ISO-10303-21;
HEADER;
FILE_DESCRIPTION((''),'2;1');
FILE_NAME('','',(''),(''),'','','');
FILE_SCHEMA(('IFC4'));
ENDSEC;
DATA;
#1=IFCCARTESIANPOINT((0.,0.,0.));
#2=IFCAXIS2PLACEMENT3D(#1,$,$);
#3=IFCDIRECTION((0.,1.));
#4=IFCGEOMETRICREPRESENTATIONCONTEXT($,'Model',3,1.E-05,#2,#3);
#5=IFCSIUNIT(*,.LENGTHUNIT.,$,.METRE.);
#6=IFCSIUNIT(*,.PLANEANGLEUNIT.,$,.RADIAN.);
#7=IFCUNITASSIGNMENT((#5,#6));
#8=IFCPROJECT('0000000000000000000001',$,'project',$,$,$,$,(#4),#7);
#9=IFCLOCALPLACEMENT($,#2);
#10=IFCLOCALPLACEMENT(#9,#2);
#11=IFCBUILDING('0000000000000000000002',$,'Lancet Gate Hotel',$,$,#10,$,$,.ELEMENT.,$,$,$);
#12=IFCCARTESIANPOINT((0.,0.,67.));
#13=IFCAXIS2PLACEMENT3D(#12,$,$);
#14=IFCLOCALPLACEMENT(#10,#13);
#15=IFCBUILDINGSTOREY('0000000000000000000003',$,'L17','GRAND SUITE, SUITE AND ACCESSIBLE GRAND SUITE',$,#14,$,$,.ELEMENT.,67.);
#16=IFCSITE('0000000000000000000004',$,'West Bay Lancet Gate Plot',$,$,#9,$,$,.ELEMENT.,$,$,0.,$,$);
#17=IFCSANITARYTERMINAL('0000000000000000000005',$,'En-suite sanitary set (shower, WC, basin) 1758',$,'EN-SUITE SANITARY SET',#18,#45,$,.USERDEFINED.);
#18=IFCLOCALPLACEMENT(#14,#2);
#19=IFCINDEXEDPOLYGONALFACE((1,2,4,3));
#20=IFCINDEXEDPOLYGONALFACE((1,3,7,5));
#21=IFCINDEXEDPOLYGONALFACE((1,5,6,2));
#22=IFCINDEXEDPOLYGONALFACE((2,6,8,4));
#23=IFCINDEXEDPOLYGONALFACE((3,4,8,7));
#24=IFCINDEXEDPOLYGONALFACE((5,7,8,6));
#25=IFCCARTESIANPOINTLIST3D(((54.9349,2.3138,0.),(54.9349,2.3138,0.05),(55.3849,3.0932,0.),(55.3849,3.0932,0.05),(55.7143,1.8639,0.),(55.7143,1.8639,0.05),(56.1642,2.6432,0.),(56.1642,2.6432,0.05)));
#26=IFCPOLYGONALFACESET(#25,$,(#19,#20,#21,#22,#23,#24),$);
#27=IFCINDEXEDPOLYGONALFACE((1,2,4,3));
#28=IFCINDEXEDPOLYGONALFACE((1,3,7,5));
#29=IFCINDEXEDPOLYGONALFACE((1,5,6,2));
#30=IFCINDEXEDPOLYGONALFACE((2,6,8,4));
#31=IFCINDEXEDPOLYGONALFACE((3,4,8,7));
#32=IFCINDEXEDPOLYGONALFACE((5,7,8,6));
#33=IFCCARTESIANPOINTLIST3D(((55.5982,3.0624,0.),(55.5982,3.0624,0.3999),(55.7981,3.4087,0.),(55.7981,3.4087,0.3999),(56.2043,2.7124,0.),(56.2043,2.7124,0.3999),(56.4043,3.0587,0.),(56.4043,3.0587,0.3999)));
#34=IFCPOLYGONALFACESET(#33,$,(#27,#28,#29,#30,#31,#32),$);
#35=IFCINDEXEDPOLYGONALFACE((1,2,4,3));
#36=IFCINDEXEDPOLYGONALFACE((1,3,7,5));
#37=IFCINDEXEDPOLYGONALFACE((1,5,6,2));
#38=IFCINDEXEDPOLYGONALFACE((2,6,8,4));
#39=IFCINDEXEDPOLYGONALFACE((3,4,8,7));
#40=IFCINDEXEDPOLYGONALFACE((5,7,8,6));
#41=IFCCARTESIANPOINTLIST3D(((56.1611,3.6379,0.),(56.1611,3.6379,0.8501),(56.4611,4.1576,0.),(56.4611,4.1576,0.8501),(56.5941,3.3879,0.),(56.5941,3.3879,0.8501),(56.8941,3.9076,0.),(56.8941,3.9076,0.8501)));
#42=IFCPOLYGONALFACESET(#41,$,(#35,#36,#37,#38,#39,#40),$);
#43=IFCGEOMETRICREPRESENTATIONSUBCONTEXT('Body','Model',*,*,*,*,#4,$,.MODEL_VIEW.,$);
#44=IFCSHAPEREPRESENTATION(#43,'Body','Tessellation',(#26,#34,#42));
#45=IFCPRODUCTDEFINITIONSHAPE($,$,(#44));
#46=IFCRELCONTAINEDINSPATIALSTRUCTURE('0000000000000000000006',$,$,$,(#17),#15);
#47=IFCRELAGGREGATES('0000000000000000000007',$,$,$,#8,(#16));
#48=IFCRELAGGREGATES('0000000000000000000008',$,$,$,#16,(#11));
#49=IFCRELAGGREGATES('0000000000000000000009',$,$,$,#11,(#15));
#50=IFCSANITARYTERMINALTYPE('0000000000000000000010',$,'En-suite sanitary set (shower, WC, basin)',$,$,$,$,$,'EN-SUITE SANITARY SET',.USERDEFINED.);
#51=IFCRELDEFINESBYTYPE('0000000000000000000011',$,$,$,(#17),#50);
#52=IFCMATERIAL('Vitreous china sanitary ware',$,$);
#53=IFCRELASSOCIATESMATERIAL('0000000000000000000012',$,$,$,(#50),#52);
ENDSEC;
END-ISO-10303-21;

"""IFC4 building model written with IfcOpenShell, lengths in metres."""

from ifc_helpers import new_model, si_unit, direction, frame, origin, origin_2d, place, context, subcontext, project, spatial, rectangle, extrude, material, type_object, element, save


model = new_model("IFC4")

# Units and contexts
model_context = context("Model", 3, precision=1e-05, world=origin(), true_north=direction((0.0, 1.0)))
body_context = subcontext(model_context, "Body", "Model", "MODEL_VIEW")
ifc_project = project(units=[si_unit("LENGTHUNIT", "METRE"), si_unit("PLANEANGLEUNIT", "RADIAN")], contexts=[model_context])

# Site, building, storey
site_placement = place(None, origin())
site = spatial("IfcSite", under=ifc_project, at=site_placement, Name="West Bay Lancet Gate Plot", CompositionType="ELEMENT", RefElevation=0.0)
building_placement = place(site_placement, origin())
building = spatial("IfcBuilding", under=site, at=building_placement, Name="Lancet Gate Hotel", CompositionType="ELEMENT")
storey_placement = place(building_placement, frame((0.0, 0.0, 67.0)))
storey = spatial("IfcBuildingStorey", under=building, at=storey_placement, Name="L17", Description="GRAND SUITE, SUITE AND ACCESSIBLE GRAND SUITE", CompositionType="ELEMENT", Elevation=67.0)

# Sanitary terminal
ifc_material_1 = material(Name="Vitreous china sanitary ware")
sanitary_terminal_type = type_object("IfcSanitaryTerminalType", Name="En-suite sanitary set (shower, WC, basin)", ElementType="EN-SUITE SANITARY SET", PredefinedType="USERDEFINED", material=ifc_material_1)
sanitary_terminal_placement = place(storey_placement, frame((55.5496, 2.4785, 0.0), z_axis=(0.0, 0.0, 1.0), x_axis=(1.0, 0.0, 0.0)))
element("IfcSanitaryTerminal", 1, at=sanitary_terminal_placement, inside=storey, type_object=sanitary_terminal_type, Name="En-suite sanitary set (shower, WC, basin) 1758", ObjectType="EN-SUITE SANITARY SET", PredefinedType="USERDEFINED", context=body_context, shape_type="SweptSolid", body=[
    extrude(rectangle(XDim=0.8999, YDim=0.8999, at=origin_2d()), frame((0.0, 0.0, 0.0), z_axis=(0.0, 0.0, 1.0), x_axis=(-0.5, -0.866025, 0.0)), (0.0, 0.0, 1.0), 0.05),
    extrude(rectangle(XDim=0.3999, YDim=0.7, at=origin_2d()), frame((0.4517, 0.582, 0.0), z_axis=(0.0, 0.0, 1.0), x_axis=(-0.5, -0.866025, 0.0)), (0.0, 0.0, 1.0), 0.3999),
    extrude(rectangle(XDim=0.6001, YDim=0.5, at=origin_2d()), frame((0.978, 1.2942, 0.0), z_axis=(0.0, 0.0, 1.0), x_axis=(-0.5, -0.866025, 0.0)), (0.0, 0.0, 1.0), 0.8501),
])

save(model, "model.ifc")
